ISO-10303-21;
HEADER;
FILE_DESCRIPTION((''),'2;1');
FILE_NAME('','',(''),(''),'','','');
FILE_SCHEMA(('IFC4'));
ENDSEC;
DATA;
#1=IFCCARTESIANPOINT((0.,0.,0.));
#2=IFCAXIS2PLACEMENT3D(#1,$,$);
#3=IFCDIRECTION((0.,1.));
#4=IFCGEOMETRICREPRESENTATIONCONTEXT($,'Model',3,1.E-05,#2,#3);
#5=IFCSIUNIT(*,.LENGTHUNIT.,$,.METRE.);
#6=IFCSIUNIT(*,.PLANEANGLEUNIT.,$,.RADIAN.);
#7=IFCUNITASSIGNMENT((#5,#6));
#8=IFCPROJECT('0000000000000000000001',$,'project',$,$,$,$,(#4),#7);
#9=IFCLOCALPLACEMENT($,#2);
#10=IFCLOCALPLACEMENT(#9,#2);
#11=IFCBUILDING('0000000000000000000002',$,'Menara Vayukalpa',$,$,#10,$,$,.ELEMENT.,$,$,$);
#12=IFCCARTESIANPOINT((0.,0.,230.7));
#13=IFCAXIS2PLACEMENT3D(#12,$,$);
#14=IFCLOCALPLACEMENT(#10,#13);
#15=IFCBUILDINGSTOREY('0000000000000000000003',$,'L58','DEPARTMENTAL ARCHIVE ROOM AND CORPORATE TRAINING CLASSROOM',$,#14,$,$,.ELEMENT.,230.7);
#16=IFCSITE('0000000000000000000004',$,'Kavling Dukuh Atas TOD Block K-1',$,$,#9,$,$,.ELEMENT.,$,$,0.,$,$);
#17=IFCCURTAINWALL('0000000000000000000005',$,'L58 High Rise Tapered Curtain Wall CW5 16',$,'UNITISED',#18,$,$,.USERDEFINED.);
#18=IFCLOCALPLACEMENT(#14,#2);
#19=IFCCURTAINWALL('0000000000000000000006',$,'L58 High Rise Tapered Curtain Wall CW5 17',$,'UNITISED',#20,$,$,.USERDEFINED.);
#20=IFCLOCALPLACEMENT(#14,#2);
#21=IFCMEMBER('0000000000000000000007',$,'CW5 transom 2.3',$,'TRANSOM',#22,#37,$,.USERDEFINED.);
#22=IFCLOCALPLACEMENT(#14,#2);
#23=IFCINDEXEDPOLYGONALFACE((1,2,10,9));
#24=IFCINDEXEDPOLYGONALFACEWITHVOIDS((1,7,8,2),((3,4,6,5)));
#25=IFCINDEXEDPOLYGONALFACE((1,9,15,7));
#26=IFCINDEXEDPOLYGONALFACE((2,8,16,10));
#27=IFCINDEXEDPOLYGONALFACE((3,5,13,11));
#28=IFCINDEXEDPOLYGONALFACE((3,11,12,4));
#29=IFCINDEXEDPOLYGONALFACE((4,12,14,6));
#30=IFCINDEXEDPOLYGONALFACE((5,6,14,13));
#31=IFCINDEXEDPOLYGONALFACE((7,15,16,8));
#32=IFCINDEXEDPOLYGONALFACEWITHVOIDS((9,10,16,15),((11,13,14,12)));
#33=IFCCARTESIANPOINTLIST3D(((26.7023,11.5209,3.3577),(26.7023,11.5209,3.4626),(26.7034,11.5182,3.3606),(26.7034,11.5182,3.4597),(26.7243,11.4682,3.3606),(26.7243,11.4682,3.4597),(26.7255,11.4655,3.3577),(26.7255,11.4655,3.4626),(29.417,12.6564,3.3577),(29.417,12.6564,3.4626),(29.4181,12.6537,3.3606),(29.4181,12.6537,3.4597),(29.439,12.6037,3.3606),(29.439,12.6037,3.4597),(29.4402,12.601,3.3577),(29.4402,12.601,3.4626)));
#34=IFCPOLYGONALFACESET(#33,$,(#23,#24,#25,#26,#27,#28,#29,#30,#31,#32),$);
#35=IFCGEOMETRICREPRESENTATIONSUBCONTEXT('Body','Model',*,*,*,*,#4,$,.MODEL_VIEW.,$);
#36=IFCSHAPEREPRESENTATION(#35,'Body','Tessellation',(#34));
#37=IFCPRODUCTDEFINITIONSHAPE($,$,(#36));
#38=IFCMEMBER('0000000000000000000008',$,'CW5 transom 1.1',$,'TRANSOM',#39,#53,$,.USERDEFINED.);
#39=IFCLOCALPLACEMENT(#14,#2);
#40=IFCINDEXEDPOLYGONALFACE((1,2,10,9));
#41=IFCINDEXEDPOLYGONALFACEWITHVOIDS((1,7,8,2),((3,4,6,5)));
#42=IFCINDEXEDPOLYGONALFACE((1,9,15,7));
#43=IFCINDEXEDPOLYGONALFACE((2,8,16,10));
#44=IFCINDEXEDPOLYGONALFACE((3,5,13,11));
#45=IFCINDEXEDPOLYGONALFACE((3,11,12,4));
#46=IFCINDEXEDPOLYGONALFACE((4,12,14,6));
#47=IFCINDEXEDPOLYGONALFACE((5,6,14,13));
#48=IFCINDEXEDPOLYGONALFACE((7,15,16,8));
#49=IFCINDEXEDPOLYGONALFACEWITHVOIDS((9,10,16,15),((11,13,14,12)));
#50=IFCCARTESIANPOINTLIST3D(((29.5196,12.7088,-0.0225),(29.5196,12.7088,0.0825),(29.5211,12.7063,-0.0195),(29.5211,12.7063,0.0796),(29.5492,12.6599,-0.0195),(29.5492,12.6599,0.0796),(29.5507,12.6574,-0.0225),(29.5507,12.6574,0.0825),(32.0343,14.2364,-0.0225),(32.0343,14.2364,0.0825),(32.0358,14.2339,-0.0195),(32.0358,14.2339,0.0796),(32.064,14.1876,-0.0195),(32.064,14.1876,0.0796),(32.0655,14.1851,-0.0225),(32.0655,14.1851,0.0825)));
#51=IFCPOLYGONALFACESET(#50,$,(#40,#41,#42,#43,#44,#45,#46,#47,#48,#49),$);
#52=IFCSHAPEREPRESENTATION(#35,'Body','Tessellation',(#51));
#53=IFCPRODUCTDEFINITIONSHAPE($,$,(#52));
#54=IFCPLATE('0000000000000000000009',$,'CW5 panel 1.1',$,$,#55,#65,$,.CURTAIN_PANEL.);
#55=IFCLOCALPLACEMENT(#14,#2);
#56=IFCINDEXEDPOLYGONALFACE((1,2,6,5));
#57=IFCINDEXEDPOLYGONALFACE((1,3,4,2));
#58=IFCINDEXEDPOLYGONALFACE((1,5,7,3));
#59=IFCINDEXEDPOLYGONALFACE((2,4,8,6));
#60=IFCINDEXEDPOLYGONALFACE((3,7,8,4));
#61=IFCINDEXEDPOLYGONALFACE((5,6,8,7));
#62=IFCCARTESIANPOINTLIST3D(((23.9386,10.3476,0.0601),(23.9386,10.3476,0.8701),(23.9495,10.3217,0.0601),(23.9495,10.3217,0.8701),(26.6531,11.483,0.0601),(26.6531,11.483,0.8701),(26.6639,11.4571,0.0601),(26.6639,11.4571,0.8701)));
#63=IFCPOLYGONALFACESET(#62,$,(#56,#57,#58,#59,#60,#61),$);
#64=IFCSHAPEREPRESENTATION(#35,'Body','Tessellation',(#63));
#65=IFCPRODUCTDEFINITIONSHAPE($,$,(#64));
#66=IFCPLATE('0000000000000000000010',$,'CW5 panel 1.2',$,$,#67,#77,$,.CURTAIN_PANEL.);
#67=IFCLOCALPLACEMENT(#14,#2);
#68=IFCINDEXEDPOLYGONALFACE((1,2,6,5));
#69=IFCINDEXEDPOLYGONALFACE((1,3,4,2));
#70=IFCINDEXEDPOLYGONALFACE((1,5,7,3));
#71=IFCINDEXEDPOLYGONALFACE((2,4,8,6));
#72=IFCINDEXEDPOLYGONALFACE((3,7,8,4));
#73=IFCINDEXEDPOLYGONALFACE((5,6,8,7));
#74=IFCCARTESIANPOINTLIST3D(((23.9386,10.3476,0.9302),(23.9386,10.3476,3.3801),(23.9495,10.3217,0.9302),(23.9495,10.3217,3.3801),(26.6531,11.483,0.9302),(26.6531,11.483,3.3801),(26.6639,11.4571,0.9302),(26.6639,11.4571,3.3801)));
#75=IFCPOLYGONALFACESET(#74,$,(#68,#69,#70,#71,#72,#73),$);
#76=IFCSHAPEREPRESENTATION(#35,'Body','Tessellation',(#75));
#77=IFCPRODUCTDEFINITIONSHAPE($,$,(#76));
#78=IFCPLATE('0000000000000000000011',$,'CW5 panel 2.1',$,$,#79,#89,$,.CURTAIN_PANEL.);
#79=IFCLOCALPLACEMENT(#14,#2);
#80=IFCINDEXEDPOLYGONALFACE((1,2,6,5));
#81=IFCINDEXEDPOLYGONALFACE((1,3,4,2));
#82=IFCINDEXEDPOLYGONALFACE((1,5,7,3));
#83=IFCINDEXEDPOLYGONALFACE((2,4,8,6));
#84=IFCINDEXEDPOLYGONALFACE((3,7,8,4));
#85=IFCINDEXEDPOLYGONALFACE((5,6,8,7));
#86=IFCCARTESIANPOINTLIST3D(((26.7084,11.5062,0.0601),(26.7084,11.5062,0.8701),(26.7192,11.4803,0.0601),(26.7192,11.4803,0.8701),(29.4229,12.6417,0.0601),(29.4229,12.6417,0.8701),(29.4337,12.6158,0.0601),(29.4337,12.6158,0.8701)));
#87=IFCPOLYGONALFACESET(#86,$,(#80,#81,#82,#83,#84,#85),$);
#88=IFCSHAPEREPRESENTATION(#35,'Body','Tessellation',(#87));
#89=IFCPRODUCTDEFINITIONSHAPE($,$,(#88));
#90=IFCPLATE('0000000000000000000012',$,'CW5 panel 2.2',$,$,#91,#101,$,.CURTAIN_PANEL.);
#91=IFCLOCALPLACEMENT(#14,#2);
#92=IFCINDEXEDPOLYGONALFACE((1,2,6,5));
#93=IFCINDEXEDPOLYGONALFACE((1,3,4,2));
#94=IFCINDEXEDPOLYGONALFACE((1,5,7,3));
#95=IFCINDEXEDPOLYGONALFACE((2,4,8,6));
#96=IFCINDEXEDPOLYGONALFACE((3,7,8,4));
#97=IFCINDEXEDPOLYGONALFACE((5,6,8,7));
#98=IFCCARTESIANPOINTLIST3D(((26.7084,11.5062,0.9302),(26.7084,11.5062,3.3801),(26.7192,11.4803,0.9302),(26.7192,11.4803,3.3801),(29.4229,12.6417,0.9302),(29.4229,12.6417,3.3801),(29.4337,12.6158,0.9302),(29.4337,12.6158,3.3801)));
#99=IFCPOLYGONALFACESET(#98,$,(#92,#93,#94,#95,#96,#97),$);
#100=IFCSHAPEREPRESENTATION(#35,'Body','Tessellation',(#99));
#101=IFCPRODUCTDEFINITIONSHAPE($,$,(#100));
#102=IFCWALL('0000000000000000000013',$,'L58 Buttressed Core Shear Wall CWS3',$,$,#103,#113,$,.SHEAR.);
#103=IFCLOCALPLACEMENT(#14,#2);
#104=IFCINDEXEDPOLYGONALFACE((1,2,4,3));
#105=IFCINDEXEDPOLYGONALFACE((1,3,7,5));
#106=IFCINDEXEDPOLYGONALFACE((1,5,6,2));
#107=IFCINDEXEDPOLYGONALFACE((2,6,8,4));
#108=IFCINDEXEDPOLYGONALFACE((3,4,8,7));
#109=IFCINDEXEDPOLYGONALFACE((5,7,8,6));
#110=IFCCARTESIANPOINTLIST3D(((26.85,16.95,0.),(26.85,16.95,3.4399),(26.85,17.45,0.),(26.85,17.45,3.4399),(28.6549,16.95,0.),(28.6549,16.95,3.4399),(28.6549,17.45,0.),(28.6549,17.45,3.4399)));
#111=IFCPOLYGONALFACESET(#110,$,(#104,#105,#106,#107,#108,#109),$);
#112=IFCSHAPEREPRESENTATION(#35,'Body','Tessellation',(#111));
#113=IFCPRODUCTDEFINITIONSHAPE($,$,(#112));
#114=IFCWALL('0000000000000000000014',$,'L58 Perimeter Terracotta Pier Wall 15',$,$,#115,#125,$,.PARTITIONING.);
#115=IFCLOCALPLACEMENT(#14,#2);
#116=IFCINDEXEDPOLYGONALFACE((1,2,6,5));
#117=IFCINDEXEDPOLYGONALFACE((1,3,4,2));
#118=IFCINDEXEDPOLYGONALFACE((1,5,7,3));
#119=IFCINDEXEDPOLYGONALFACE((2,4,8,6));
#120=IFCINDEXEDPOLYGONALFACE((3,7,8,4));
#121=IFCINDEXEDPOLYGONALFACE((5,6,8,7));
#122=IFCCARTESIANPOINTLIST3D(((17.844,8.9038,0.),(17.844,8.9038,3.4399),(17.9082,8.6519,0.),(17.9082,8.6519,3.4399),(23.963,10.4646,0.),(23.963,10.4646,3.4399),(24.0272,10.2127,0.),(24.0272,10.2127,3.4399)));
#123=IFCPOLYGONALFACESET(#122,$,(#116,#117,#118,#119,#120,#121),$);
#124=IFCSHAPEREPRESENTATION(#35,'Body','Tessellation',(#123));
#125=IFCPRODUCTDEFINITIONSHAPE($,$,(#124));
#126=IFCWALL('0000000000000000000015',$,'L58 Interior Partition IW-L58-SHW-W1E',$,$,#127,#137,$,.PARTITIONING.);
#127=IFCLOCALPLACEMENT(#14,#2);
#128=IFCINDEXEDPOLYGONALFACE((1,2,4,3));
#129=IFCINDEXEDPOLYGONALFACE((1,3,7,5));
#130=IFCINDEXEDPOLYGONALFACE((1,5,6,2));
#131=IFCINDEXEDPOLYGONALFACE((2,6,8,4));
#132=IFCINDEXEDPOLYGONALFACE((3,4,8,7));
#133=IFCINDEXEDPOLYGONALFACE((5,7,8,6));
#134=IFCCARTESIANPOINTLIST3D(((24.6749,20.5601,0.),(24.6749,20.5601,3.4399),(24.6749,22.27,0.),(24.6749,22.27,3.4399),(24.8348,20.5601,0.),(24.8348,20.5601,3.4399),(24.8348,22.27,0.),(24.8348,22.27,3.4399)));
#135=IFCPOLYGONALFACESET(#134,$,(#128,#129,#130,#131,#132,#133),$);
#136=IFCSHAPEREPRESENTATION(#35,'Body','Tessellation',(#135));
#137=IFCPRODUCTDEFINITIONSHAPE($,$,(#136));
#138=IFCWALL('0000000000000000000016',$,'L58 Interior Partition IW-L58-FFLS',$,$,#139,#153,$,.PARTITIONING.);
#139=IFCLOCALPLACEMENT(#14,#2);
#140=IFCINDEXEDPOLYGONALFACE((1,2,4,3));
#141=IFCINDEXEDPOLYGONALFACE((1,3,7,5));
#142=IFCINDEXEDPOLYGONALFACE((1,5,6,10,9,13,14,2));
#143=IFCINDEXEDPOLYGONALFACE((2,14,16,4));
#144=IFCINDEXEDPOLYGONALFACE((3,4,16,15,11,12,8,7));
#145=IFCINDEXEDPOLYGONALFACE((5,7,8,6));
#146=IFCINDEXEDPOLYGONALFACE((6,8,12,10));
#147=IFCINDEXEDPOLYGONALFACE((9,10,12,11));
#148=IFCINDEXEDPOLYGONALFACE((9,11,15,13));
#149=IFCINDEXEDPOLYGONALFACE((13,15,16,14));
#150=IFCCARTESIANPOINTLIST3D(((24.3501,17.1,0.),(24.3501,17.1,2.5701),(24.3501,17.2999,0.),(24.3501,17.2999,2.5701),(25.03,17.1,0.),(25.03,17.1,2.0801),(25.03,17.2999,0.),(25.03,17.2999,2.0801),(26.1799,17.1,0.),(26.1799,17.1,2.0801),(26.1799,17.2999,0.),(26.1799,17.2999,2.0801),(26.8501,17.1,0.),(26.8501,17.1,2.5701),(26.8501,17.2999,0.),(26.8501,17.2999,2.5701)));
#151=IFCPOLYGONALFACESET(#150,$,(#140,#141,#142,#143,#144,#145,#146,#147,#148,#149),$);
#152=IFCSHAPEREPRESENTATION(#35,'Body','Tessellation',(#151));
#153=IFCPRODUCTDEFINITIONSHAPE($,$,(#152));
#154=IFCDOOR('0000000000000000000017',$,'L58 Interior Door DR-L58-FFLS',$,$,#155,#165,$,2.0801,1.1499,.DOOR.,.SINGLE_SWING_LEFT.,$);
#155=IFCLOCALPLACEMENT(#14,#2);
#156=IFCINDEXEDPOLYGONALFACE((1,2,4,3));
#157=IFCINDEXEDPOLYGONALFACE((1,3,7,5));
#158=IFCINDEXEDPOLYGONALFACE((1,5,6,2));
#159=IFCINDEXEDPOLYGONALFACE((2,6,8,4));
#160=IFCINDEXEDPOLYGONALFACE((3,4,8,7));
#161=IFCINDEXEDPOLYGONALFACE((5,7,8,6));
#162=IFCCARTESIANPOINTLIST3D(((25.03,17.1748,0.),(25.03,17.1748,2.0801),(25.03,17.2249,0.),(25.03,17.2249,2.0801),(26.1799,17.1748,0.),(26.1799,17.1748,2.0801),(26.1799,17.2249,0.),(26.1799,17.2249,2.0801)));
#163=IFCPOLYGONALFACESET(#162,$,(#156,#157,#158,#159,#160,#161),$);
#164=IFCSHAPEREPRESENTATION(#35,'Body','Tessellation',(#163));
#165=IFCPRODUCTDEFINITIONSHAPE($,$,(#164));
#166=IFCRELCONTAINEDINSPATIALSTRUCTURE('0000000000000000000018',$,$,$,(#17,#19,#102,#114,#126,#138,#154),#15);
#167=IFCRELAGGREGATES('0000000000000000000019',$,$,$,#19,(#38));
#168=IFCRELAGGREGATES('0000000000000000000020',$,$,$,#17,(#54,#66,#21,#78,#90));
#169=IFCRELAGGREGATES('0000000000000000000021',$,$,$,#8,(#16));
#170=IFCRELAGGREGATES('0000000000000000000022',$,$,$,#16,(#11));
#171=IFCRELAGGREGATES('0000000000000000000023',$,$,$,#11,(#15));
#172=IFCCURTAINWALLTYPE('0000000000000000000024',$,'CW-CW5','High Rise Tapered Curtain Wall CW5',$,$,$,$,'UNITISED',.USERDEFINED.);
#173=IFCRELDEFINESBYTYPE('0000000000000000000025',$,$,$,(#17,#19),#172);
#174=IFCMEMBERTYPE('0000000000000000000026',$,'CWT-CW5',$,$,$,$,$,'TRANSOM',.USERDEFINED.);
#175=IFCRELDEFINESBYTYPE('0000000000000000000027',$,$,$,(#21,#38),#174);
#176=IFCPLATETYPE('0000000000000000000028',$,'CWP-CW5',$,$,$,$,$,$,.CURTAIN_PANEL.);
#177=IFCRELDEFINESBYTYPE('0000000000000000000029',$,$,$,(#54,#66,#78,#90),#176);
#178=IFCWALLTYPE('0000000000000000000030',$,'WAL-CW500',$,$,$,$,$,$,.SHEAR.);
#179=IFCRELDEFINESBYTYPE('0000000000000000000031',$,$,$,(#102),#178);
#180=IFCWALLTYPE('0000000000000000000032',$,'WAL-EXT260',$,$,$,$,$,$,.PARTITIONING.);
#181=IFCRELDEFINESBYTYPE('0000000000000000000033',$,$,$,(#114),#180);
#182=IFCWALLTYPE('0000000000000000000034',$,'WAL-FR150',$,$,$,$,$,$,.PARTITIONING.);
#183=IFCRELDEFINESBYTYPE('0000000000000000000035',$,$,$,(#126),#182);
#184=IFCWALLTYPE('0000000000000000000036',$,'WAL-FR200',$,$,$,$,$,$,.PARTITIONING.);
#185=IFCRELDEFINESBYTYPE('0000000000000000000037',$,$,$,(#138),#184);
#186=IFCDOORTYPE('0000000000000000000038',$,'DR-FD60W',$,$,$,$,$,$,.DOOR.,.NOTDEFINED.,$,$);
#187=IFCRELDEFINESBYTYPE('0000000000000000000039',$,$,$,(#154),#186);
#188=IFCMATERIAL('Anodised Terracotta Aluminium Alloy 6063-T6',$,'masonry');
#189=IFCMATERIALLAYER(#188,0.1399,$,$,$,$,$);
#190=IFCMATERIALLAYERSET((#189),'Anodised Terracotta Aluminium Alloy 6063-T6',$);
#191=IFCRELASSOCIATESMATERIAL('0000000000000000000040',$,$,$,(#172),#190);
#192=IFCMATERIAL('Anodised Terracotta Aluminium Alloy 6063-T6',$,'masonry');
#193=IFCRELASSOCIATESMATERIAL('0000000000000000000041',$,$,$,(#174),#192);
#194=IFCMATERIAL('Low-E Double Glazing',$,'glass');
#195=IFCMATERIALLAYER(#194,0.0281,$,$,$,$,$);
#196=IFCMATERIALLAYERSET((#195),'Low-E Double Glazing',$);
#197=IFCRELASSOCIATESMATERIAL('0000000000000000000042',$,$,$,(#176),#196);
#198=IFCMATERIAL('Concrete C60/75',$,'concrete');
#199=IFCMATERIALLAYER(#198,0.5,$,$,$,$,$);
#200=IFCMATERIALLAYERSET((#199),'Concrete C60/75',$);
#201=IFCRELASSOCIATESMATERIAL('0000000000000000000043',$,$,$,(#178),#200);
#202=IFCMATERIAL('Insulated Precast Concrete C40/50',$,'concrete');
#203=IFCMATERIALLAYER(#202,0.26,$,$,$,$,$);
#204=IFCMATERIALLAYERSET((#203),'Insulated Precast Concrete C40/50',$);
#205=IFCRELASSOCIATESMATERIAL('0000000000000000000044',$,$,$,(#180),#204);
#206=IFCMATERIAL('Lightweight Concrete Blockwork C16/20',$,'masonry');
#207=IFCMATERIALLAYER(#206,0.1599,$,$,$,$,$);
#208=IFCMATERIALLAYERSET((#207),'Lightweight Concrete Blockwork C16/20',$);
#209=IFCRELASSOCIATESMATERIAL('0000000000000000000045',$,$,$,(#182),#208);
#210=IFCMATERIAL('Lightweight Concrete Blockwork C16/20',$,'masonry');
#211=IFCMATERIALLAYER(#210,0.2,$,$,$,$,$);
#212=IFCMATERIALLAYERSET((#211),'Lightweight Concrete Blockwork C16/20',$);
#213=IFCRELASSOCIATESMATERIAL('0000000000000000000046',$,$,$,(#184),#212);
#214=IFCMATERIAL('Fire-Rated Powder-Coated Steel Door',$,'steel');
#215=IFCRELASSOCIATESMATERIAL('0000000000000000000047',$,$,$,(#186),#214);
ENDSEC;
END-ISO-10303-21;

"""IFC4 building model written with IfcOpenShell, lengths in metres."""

from ifc_helpers import new_model, si_unit, direction, frame, frame_2d, origin, origin_2d, place, context, subcontext, project, spatial, rectangle, hollow_rectangle, extrude, material, layer, layer_set, material_profile, profile_set, type_object, element, fill, aggregate, save


model = new_model("IFC4")

# Units and contexts
model_context = context("Model", 3, precision=1e-05, world=origin(), true_north=direction((0.0, 1.0)))
body_context = subcontext(model_context, "Body", "Model", "MODEL_VIEW")
ifc_project = project(units=[si_unit("LENGTHUNIT", "METRE"), si_unit("PLANEANGLEUNIT", "RADIAN")], contexts=[model_context])

# Site, building, storey
site_placement = place(None, origin())
site = spatial("IfcSite", under=ifc_project, at=site_placement, Name="Kavling Dukuh Atas TOD Block K-1", CompositionType="ELEMENT", RefElevation=0.0)
building_placement = place(site_placement, origin())
building = spatial("IfcBuilding", under=site, at=building_placement, Name="Menara Vayukalpa", CompositionType="ELEMENT")
storey_placement = place(building_placement, frame((0.0, 0.0, 230.7)))
storey = spatial("IfcBuildingStorey", under=building, at=storey_placement, Name="L58", Description="DEPARTMENTAL ARCHIVE ROOM AND CORPORATE TRAINING CLASSROOM", CompositionType="ELEMENT", Elevation=230.7)

# Curtain wall
ifc_material_1 = material(Name="Anodised Terracotta Aluminium Alloy 6063-T6", Category="masonry")
ifc_layer_1 = layer(ifc_material_1, 0.1399)
ifc_layer_set_1 = layer_set([ifc_layer_1], Name="Anodised Terracotta Aluminium Alloy 6063-T6")
curtain_wall_type = type_object("IfcCurtainWallType", Name="CW-CW5", Description="High Rise Tapered Curtain Wall CW5", ElementType="UNITISED", PredefinedType="USERDEFINED", material=ifc_layer_set_1)
curtain_wall_1_placement = place(storey_placement, origin())
curtain_wall_1 = element("IfcCurtainWall", 1, at=curtain_wall_1_placement, inside=storey, type_object=curtain_wall_type, Name="L58 High Rise Tapered Curtain Wall CW5 16", ObjectType="UNITISED", PredefinedType="USERDEFINED")

# Curtain wall
curtain_wall_2_placement = place(storey_placement, origin())
curtain_wall_2 = element("IfcCurtainWall", 2, at=curtain_wall_2_placement, inside=storey, type_object=curtain_wall_type, Name="L58 High Rise Tapered Curtain Wall CW5 17", ObjectType="UNITISED", PredefinedType="USERDEFINED")

# Members
ifc_material_2 = material(Name="Anodised Terracotta Aluminium Alloy 6063-T6", Category="masonry")
ifc_material_profile_1 = material_profile(ifc_material_2, hollow_rectangle(XDim=0.0601, YDim=0.105, WallThickness=0.0029, at=origin_2d()), Name="ALU 60x105x3")
ifc_profile_set_1 = profile_set([ifc_material_profile_1], Name="Anodised Terracotta Aluminium Alloy 6063-T6")
member_type_1 = type_object("IfcMemberType", Name="CWT-CW5", ElementType="TRANSOM", PredefinedType="USERDEFINED", material=ifc_profile_set_1)
member_1_placement = place(storey_placement, frame((26.7139, 11.4932, 3.4102), z_axis=(0.922543, 0.385893, 0.0), x_axis=(-0.385893, 0.922543, 0.0)))
member_1 = element("IfcMember", 3, at=member_1_placement, type_object=member_type_1, Name="CW5 transom 2.3", ObjectType="TRANSOM", PredefinedType="USERDEFINED", context=body_context, shape_type="SweptSolid", body=[
    extrude(hollow_rectangle(XDim=0.0601, YDim=0.105, WallThickness=0.0029, at=origin_2d()), origin(), (0.0, 0.0, 1.0), 2.9426),
])
member_2_placement = place(storey_placement, frame((29.5352, 12.6831, 0.03), z_axis=(0.854661, 0.519186, 0.0), x_axis=(-0.519186, 0.854661, 0.0)))
member_2 = element("IfcMember", 4, at=member_2_placement, type_object=member_type_1, Name="CW5 transom 1.1", ObjectType="TRANSOM", PredefinedType="USERDEFINED", context=body_context, shape_type="SweptSolid", body=[
    extrude(hollow_rectangle(XDim=0.0601, YDim=0.105, WallThickness=0.0029, at=origin_2d()), origin(), (0.0, 0.0, 1.0), 2.9424),
])
aggregate(curtain_wall_2, [member_2])

# Plates
ifc_material_3 = material(Name="Low-E Double Glazing", Category="glass")
ifc_layer_2 = layer(ifc_material_3, 0.0281)
ifc_layer_set_2 = layer_set([ifc_layer_2], Name="Low-E Double Glazing")
plate_type = type_object("IfcPlateType", Name="CWP-CW5", PredefinedType="CURTAIN_PANEL", material=ifc_layer_set_2)
plate_1_placement = place(storey_placement, frame((25.3013, 10.9023, 0.0601), z_axis=(0.0, 0.0, 1.0), x_axis=(0.922539, 0.385903, 0.0)))
plate_1 = element("IfcPlate", 5, at=plate_1_placement, type_object=plate_type, Name="CW5 panel 1.1", PredefinedType="CURTAIN_PANEL", context=body_context, shape_type="SweptSolid", body=[
    extrude(rectangle(XDim=2.9424, YDim=0.0281, at=origin_2d()), origin(), (0.0, 0.0, 1.0), 0.8101),
])
plate_2_placement = place(storey_placement, frame((25.3013, 10.9023, 0.9302), z_axis=(0.0, 0.0, 1.0), x_axis=(0.922539, 0.385903, 0.0)))
plate_2 = element("IfcPlate", 6, at=plate_2_placement, type_object=plate_type, Name="CW5 panel 1.2", PredefinedType="CURTAIN_PANEL", context=body_context, shape_type="SweptSolid", body=[
    extrude(rectangle(XDim=2.9424, YDim=0.0281, at=origin_2d()), origin(), (0.0, 0.0, 1.0), 2.45),
])
plate_3_placement = place(storey_placement, frame((28.071, 12.061, 0.0601), z_axis=(0.0, 0.0, 1.0), x_axis=(0.922539, 0.385903, 0.0)))
plate_3 = element("IfcPlate", 7, at=plate_3_placement, type_object=plate_type, Name="CW5 panel 2.1", PredefinedType="CURTAIN_PANEL", context=body_context, shape_type="SweptSolid", body=[
    extrude(rectangle(XDim=2.9424, YDim=0.0281, at=origin_2d()), origin(), (0.0, 0.0, 1.0), 0.8101),
])
plate_4_placement = place(storey_placement, frame((28.071, 12.061, 0.9302), z_axis=(0.0, 0.0, 1.0), x_axis=(0.922539, 0.385903, 0.0)))
plate_4 = element("IfcPlate", 8, at=plate_4_placement, type_object=plate_type, Name="CW5 panel 2.2", PredefinedType="CURTAIN_PANEL", context=body_context, shape_type="SweptSolid", body=[
    extrude(rectangle(XDim=2.9424, YDim=0.0281, at=origin_2d()), origin(), (0.0, 0.0, 1.0), 2.45),
])
aggregate(curtain_wall_1, [plate_1, plate_2, member_1, plate_3, plate_4])

# Walls
ifc_material_4 = material(Name="Concrete C60/75", Category="concrete")
ifc_layer_3 = layer(ifc_material_4, 0.5)
ifc_layer_set_3 = layer_set([ifc_layer_3], Name="Concrete C60/75")
wall_type_1 = type_object("IfcWallType", Name="WAL-CW500", PredefinedType="SHEAR", material=ifc_layer_set_3)
wall_1_placement = place(storey_placement, frame((26.8501, 17.2, 0.0), z_axis=(0.0, 0.0, 1.0), x_axis=(1.0, 0.0, 0.0)))
element("IfcWall", 9, at=wall_1_placement, inside=storey, type_object=wall_type_1, Name="L58 Buttressed Core Shear Wall CWS3", PredefinedType="SHEAR", context=body_context, shape_type="SweptSolid", body=[
    extrude(rectangle(XDim=1.8049, YDim=0.5, at=frame_2d((0.9023, 0.0))), origin(), (0.0, 0.0, 1.0), 3.4399),
])
ifc_material_5 = material(Name="Insulated Precast Concrete C40/50", Category="concrete")
ifc_layer_4 = layer(ifc_material_5, 0.26)
ifc_layer_set_4 = layer_set([ifc_layer_4], Name="Insulated Precast Concrete C40/50")
wall_type_2 = type_object("IfcWallType", Name="WAL-EXT260", PredefinedType="PARTITIONING", material=ifc_layer_set_4)
wall_2_placement = place(storey_placement, frame((23.9951, 10.3386, 0.0), z_axis=(0.0, 0.0, 1.0), x_axis=(-0.968976, -0.247154, 0.0)))
element("IfcWall", 10, at=wall_2_placement, inside=storey, type_object=wall_type_2, Name="L58 Perimeter Terracotta Pier Wall 15", PredefinedType="PARTITIONING", context=body_context, shape_type="SweptSolid", body=[
    extrude(rectangle(XDim=6.3149, YDim=0.26, at=frame_2d((3.1575, 0.0))), origin(), (0.0, 0.0, 1.0), 3.4399),
])
ifc_material_6 = material(Name="Lightweight Concrete Blockwork C16/20", Category="masonry")
ifc_layer_5 = layer(ifc_material_6, 0.1599)
ifc_layer_set_5 = layer_set([ifc_layer_5], Name="Lightweight Concrete Blockwork C16/20")
wall_type_3 = type_object("IfcWallType", Name="WAL-FR150", PredefinedType="PARTITIONING", material=ifc_layer_set_5)
wall_3_placement = place(storey_placement, frame((24.7549, 20.5601, 0.0), z_axis=(0.0, 0.0, 1.0), x_axis=(0.0, 1.0, 0.0)))
element("IfcWall", 11, at=wall_3_placement, inside=storey, type_object=wall_type_3, Name="L58 Interior Partition IW-L58-SHW-W1E", PredefinedType="PARTITIONING", context=body_context, shape_type="SweptSolid", body=[
    extrude(rectangle(XDim=1.71, YDim=0.1599, at=frame_2d((0.855, 0.0))), origin(), (0.0, 0.0, 1.0), 3.4399),
])

# Wall, opening, door
ifc_material_7 = material(Name="Lightweight Concrete Blockwork C16/20", Category="masonry")
ifc_layer_6 = layer(ifc_material_7, 0.2)
ifc_layer_set_6 = layer_set([ifc_layer_6], Name="Lightweight Concrete Blockwork C16/20")
wall_type_4 = type_object("IfcWallType", Name="WAL-FR200", PredefinedType="PARTITIONING", material=ifc_layer_set_6)
wall_4_placement = place(storey_placement, frame((24.3501, 17.2, 0.0), z_axis=(0.0, 0.0, 1.0), x_axis=(1.0, 0.0, 0.0)))
wall_4 = element("IfcWall", 12, at=wall_4_placement, inside=storey, type_object=wall_type_4, Name="L58 Interior Partition IW-L58-FFLS", PredefinedType="PARTITIONING", context=body_context, shape_type="SweptSolid", body=[
    extrude(rectangle(XDim=2.5, YDim=0.2, at=frame_2d((1.25, 0.0))), origin(), (0.0, 0.0, 1.0), 2.5701),
])
opening_1_placement = place(wall_4_placement, frame((0.6799, 0.0, 0.0)))
opening_1 = element("IfcOpeningElement", 13, at=opening_1_placement, cuts=wall_4, PredefinedType="OPENING", context=body_context, shape_type="SweptSolid", body=[
    extrude(rectangle(XDim=1.1499, YDim=2.0801, at=frame_2d((0.575, 1.04))), frame((0.0, 0.1099, 0.0), z_axis=(0.0, -1.0, 0.0), x_axis=(1.0, 0.0, 0.0)), (0.0, 0.0, 1.0), 0.22),
])
ifc_material_8 = material(Name="Fire-Rated Powder-Coated Steel Door", Category="steel")
door_type_1 = type_object("IfcDoorType", Name="DR-FD60W", OperationType="NOTDEFINED", PredefinedType="DOOR", material=ifc_material_8)
door_1_placement = place(opening_1_placement, origin())
door_1 = element("IfcDoor", 14, at=door_1_placement, inside=storey, type_object=door_type_1, Name="L58 Interior Door DR-L58-FFLS", OperationType="SINGLE_SWING_LEFT", OverallHeight=2.0801, OverallWidth=1.1499, PredefinedType="DOOR", context=body_context, shape_type="SweptSolid", body=[
    extrude(rectangle(XDim=1.1499, YDim=2.0801, at=frame_2d((0.575, 1.04))), frame((0.0, 0.0249, 0.0), z_axis=(0.0, -1.0, 0.0), x_axis=(1.0, 0.0, 0.0)), (0.0, 0.0, 1.0), 0.05),
])
fill(opening_1, door_1)

save(model, "model.ifc")
